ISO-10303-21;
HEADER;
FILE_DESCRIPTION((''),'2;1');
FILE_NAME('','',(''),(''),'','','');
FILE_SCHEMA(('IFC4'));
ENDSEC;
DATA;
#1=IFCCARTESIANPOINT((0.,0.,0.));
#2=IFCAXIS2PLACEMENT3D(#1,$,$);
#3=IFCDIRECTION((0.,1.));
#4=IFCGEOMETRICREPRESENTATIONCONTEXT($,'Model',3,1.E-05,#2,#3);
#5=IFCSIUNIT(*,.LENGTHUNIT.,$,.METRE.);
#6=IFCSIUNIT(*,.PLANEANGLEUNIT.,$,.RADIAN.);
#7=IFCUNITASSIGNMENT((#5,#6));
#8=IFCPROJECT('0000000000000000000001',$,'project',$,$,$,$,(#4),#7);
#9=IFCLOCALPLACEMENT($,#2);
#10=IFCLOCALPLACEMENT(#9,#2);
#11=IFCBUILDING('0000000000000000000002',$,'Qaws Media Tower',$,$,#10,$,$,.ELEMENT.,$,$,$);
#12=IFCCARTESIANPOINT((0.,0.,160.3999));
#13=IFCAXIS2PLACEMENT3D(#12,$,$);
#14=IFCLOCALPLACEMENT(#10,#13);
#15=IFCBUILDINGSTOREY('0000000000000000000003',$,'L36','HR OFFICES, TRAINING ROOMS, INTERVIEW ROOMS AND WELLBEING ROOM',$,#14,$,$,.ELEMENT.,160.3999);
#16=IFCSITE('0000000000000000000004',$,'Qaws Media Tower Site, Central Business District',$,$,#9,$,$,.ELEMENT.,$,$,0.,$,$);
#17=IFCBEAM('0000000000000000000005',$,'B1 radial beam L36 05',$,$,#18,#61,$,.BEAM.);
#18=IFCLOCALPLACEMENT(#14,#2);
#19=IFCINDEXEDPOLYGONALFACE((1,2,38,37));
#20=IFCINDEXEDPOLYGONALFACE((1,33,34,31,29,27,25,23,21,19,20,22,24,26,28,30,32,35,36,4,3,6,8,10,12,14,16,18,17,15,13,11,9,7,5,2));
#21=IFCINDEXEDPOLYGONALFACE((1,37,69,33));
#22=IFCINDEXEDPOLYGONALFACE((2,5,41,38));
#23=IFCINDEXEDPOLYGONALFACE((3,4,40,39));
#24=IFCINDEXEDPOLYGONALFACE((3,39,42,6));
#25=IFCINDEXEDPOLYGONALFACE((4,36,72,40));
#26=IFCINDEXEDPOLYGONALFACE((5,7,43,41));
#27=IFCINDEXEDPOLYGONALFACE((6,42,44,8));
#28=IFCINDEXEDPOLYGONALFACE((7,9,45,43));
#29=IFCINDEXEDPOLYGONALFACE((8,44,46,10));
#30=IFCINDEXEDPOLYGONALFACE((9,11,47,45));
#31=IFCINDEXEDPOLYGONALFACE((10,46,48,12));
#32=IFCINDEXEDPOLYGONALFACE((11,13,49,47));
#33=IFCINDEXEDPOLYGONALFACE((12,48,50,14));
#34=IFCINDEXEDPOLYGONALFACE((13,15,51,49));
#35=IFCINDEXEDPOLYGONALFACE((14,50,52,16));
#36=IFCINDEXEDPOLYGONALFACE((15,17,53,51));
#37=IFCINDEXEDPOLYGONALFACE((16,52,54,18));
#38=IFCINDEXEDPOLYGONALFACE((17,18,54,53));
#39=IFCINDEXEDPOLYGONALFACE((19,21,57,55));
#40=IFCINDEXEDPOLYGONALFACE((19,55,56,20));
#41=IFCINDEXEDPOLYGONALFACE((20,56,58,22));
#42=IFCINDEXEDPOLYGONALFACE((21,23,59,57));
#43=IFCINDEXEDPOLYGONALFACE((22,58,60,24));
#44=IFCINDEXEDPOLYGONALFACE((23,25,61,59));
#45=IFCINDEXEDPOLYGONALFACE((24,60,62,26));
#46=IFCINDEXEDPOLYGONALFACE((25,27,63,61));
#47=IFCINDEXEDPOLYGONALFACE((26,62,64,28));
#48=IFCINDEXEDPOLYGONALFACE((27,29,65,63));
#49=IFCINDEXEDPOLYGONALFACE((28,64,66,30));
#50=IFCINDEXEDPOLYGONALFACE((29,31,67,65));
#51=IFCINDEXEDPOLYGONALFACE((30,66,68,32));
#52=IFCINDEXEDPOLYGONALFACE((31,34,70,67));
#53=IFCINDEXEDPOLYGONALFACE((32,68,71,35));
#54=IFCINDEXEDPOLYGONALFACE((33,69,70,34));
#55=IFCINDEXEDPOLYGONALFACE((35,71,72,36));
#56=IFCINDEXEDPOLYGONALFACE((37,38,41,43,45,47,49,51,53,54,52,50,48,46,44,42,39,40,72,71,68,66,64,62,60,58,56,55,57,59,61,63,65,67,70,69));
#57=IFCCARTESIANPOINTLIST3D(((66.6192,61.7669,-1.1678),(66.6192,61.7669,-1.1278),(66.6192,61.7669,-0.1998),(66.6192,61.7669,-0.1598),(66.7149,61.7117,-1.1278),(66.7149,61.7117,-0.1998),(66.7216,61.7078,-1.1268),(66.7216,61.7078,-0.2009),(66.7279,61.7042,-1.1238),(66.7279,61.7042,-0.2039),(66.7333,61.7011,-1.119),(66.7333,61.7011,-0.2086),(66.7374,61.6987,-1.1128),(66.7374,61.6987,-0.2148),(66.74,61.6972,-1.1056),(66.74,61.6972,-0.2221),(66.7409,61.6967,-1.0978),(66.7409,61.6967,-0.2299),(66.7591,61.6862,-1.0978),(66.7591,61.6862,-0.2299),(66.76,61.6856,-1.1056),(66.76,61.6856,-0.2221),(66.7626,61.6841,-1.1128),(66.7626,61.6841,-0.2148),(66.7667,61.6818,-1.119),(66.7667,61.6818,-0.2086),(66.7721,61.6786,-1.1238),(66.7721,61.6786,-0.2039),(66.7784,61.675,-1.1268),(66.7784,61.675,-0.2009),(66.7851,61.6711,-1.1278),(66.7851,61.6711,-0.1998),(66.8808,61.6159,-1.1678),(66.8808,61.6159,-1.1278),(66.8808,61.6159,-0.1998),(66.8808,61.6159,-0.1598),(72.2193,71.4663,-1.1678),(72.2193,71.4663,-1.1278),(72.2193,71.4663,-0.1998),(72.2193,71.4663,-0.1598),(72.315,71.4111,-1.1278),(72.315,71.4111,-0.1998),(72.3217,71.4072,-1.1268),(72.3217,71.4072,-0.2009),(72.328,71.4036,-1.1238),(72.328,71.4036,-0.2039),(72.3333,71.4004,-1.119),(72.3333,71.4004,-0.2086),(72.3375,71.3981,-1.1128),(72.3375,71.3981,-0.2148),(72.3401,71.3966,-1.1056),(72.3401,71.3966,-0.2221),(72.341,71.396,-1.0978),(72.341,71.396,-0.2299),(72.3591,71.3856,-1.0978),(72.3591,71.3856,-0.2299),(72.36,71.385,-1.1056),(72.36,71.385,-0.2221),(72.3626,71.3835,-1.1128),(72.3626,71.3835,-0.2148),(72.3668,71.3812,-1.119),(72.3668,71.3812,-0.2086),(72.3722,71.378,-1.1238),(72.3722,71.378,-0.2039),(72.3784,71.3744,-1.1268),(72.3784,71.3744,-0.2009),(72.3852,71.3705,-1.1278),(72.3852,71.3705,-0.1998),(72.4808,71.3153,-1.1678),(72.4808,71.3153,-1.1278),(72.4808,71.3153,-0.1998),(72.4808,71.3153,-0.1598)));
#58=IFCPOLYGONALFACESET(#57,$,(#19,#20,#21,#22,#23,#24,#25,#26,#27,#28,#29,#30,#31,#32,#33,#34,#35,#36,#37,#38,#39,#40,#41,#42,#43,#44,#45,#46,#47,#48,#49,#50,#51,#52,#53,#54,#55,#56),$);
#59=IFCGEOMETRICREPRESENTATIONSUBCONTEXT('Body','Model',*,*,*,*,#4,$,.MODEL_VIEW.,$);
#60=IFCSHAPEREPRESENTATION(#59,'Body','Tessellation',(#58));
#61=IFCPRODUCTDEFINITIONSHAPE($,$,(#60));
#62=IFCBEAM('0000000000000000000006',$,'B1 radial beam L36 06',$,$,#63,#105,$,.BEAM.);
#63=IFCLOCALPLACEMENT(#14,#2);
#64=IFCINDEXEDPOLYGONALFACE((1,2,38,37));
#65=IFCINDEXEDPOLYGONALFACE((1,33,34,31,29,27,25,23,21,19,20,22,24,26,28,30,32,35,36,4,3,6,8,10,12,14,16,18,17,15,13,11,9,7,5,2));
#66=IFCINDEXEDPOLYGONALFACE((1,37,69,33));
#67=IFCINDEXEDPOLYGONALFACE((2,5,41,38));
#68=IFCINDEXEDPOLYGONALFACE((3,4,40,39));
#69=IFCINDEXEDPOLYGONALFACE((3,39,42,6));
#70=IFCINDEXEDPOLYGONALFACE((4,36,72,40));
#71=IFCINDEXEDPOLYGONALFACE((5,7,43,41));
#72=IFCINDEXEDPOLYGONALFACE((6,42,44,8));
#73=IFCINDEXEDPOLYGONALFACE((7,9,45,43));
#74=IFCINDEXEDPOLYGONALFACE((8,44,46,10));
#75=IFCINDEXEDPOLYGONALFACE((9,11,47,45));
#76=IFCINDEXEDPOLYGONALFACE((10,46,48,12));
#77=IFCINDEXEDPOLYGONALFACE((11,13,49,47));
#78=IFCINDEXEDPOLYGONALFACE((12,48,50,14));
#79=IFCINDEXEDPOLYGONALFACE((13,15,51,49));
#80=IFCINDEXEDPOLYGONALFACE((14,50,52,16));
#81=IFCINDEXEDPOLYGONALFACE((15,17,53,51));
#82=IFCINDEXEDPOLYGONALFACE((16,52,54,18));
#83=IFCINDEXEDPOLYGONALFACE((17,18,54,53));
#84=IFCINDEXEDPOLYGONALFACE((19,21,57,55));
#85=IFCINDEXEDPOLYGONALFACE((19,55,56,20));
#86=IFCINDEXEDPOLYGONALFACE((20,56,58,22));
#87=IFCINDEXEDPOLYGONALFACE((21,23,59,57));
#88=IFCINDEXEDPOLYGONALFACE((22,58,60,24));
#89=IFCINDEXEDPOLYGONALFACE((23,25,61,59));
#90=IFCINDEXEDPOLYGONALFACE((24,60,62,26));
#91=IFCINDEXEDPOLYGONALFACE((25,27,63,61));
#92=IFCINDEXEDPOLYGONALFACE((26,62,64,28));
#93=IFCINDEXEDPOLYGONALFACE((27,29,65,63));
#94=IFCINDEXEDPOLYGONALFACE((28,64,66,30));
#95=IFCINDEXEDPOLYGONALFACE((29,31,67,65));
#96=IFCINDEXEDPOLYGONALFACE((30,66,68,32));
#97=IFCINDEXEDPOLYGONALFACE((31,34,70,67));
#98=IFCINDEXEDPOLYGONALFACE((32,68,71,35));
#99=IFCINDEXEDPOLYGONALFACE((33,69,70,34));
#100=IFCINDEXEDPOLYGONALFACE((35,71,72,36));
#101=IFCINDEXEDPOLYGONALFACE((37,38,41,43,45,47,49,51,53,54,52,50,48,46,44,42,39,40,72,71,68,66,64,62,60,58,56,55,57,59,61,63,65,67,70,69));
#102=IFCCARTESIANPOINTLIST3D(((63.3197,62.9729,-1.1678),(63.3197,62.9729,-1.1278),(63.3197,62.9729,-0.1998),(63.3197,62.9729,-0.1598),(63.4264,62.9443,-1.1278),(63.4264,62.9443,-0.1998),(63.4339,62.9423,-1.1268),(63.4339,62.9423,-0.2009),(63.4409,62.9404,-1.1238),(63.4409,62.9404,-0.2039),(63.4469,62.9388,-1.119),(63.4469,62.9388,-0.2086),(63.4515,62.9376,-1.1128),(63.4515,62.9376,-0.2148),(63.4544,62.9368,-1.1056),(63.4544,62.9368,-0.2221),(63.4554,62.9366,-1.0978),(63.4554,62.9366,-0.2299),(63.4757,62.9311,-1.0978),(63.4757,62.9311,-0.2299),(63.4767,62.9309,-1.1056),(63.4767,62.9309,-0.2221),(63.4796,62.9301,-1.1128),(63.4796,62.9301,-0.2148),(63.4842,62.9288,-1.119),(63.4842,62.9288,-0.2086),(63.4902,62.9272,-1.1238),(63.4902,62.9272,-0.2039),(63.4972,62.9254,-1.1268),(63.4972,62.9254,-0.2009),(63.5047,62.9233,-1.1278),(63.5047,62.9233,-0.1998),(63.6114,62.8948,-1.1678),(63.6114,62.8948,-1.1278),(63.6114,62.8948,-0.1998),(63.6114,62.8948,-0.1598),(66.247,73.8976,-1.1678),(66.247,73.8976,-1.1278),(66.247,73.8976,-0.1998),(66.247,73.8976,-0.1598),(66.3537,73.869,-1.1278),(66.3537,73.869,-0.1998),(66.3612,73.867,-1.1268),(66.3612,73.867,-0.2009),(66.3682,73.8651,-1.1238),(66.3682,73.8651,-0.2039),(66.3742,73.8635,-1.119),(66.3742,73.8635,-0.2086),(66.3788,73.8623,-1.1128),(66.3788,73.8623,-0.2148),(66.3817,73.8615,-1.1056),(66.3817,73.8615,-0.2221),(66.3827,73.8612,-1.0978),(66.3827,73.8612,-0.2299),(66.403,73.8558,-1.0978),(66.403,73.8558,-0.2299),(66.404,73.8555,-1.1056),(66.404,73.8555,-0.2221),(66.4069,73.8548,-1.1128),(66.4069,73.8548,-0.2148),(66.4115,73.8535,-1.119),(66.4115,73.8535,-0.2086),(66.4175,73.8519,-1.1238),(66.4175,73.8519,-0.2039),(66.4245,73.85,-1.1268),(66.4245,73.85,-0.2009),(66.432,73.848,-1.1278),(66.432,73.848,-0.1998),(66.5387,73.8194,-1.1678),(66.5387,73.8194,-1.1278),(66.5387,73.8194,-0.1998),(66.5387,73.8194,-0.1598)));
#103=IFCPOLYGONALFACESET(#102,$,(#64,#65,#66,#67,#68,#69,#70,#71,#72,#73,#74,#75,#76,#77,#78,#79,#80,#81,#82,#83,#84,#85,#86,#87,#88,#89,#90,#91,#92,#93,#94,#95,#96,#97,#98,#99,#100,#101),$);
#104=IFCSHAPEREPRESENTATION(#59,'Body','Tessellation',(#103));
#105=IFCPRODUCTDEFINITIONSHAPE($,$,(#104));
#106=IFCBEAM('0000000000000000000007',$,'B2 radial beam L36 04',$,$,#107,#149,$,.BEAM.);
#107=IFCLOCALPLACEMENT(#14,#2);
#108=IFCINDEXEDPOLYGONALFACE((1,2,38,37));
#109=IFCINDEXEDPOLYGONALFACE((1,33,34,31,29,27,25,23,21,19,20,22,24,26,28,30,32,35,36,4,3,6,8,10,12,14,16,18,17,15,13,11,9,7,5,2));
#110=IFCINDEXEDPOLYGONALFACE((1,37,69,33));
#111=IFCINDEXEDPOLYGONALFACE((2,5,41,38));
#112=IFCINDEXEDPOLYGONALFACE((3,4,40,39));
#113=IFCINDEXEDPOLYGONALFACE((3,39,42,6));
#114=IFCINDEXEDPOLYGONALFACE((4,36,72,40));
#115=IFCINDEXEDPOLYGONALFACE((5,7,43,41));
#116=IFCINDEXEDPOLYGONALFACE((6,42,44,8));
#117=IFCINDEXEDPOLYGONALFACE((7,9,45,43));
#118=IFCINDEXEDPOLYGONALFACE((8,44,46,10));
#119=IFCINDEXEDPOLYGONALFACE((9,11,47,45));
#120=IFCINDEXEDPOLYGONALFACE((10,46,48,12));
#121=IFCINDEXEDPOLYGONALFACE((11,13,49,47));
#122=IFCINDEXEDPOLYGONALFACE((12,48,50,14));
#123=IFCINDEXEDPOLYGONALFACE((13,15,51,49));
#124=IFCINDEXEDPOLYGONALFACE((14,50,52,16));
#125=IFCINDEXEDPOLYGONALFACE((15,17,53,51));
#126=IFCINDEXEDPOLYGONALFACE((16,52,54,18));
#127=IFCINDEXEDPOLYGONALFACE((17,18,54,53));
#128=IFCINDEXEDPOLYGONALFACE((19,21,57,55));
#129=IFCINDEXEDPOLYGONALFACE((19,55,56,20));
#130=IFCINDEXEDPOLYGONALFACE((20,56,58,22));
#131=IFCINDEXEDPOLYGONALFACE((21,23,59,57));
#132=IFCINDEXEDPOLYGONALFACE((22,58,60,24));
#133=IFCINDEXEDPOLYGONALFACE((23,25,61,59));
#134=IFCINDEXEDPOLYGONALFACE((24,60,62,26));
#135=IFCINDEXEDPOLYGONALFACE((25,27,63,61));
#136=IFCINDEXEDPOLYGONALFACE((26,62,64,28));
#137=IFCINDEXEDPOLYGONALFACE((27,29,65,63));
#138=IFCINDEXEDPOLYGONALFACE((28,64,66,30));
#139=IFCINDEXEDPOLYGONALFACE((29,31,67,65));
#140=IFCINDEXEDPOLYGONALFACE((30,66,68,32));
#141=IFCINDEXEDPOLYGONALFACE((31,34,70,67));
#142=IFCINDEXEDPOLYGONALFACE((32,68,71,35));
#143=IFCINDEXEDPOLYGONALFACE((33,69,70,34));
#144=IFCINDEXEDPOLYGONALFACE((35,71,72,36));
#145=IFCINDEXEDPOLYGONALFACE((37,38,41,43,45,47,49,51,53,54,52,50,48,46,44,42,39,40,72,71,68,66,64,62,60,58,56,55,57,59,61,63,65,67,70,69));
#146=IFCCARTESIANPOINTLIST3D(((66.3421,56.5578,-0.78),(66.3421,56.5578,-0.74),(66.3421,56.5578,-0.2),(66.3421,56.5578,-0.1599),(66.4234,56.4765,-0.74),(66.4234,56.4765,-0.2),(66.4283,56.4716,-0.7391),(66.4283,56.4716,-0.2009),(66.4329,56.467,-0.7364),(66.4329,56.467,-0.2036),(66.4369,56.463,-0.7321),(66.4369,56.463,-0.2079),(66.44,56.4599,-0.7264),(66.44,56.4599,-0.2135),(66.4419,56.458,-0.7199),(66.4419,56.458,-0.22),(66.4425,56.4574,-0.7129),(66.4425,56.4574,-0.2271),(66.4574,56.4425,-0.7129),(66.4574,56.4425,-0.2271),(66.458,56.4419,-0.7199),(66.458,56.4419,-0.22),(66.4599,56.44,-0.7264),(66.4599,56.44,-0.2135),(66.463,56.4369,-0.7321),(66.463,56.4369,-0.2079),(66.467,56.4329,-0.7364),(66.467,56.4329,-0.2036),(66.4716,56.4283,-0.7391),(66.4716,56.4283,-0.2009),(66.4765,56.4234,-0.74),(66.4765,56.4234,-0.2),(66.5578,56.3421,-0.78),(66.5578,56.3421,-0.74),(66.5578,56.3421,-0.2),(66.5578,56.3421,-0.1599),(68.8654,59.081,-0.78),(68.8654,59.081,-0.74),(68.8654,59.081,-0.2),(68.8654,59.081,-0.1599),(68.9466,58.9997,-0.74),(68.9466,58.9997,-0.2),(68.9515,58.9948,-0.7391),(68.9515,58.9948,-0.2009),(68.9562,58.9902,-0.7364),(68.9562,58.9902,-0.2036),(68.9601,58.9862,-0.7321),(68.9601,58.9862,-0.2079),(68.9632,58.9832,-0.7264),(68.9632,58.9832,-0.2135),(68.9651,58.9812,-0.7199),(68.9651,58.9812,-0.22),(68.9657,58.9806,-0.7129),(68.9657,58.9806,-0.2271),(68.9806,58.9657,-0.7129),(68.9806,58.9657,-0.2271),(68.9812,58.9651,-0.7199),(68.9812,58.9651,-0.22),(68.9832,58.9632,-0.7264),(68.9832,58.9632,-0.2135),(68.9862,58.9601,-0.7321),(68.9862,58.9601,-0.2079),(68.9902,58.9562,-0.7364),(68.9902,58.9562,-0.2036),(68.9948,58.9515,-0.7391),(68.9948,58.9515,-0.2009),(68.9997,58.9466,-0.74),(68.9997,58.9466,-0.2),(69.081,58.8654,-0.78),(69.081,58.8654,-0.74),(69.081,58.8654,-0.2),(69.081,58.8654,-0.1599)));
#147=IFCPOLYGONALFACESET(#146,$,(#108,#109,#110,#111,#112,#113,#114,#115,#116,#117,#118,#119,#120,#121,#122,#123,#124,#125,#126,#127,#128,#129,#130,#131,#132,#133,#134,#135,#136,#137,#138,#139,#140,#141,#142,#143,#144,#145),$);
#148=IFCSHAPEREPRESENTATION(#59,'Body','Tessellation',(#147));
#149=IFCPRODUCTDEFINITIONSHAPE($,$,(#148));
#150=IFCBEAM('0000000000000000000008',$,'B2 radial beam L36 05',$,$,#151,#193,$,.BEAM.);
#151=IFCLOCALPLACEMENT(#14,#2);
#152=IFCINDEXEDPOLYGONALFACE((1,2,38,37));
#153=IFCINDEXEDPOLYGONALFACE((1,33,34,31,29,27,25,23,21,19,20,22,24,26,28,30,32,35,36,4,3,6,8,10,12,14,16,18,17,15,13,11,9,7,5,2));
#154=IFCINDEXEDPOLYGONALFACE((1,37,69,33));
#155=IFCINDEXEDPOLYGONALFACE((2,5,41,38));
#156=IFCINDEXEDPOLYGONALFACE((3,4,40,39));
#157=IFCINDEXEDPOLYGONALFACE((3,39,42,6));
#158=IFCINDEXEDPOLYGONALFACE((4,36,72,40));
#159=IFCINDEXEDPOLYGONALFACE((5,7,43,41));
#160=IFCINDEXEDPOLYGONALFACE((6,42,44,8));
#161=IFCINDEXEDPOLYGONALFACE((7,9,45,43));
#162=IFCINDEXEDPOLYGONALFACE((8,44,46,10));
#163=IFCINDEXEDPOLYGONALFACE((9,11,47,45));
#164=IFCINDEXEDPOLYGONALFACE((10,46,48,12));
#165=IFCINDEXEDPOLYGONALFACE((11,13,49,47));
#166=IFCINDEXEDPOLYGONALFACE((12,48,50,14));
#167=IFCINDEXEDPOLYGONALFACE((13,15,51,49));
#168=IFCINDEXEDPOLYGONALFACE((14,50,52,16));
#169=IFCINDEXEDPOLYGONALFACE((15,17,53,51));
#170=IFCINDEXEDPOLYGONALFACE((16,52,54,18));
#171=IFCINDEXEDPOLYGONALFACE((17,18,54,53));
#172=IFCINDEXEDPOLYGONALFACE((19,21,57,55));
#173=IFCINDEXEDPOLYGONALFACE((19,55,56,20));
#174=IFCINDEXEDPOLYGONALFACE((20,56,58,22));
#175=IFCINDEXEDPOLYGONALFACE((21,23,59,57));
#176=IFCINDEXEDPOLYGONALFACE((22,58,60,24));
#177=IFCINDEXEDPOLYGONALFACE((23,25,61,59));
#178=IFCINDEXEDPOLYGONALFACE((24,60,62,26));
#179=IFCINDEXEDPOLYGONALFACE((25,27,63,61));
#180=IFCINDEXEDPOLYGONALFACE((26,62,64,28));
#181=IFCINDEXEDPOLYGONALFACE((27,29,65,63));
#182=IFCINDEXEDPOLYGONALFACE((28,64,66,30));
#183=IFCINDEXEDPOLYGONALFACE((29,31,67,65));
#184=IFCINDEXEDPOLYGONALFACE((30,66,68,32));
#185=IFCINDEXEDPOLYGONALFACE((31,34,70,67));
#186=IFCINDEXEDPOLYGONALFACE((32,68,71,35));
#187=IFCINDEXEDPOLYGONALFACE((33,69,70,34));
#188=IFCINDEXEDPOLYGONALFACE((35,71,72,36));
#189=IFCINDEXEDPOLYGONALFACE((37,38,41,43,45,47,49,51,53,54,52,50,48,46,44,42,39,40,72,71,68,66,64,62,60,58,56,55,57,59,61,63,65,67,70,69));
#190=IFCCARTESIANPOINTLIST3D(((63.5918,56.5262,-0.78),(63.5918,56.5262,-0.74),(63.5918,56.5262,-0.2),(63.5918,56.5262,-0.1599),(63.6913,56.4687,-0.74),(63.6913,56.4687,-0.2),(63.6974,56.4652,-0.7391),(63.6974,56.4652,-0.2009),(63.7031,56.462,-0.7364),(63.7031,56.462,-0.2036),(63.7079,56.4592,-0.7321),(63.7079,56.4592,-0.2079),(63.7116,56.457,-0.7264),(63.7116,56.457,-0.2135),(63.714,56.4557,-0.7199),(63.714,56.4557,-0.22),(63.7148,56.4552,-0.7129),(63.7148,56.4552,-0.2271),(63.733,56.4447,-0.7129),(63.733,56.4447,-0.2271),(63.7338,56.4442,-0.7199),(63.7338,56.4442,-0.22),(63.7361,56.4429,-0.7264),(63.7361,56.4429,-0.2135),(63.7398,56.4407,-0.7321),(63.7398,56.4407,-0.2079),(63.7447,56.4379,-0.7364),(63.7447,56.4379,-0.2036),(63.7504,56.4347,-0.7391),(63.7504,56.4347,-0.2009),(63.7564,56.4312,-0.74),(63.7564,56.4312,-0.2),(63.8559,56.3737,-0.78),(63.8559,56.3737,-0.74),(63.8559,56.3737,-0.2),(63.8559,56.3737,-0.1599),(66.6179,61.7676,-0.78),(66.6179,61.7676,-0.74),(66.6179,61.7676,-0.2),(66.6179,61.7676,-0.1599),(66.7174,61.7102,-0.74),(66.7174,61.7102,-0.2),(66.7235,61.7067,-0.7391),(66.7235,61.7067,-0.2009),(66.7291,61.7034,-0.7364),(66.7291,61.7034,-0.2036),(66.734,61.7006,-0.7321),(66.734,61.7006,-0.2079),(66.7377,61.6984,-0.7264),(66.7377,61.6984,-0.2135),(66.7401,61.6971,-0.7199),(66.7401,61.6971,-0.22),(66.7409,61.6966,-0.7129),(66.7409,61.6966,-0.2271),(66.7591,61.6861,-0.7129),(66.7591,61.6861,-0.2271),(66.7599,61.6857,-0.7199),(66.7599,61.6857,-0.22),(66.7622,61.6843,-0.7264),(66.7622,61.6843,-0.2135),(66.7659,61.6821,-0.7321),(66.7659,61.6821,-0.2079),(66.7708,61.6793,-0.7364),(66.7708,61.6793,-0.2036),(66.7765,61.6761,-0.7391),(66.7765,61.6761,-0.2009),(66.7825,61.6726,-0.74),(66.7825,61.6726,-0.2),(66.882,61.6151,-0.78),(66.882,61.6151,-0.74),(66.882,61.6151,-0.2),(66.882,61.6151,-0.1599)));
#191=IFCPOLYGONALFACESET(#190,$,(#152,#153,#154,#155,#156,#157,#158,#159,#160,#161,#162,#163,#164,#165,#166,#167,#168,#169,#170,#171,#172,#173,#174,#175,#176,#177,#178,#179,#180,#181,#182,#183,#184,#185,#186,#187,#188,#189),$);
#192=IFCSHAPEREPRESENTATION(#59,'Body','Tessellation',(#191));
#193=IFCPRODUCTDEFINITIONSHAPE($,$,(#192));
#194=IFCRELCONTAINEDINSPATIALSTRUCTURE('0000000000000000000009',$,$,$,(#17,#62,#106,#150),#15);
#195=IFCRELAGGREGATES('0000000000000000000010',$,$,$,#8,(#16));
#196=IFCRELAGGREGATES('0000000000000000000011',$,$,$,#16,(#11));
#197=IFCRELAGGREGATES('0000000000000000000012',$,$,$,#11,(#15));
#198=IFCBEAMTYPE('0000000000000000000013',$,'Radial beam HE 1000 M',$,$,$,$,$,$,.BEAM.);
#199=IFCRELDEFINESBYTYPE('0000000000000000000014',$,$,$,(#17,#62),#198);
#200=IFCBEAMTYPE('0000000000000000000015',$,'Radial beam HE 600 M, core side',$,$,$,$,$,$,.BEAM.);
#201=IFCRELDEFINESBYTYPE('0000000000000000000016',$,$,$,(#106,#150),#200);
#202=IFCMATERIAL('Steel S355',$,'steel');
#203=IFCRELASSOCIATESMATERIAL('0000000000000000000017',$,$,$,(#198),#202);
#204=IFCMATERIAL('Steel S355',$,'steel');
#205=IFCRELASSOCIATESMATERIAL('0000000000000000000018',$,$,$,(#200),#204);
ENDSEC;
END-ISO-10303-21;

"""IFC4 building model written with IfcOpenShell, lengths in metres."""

from ifc_helpers import new_model, si_unit, direction, frame, origin, origin_2d, place, context, subcontext, project, spatial, i_section, extrude, material, material_profile, profile_set, type_object, element, save


model = new_model("IFC4")

# Units and contexts
model_context = context("Model", 3, precision=1e-05, world=origin(), true_north=direction((0.0, 1.0)))
body_context = subcontext(model_context, "Body", "Model", "MODEL_VIEW")
ifc_project = project(units=[si_unit("LENGTHUNIT", "METRE"), si_unit("PLANEANGLEUNIT", "RADIAN")], contexts=[model_context])

# Site, building, storey
site_placement = place(None, origin())
site = spatial("IfcSite", under=ifc_project, at=site_placement, Name="Qaws Media Tower Site, Central Business District", CompositionType="ELEMENT", RefElevation=0.0)
building_placement = place(site_placement, origin())
building = spatial("IfcBuilding", under=site, at=building_placement, Name="Qaws Media Tower", CompositionType="ELEMENT")
storey_placement = place(building_placement, frame((0.0, 0.0, 160.3999)))
storey = spatial("IfcBuildingStorey", under=building, at=storey_placement, Name="L36", Description="HR OFFICES, TRAINING ROOMS, INTERVIEW ROOMS AND WELLBEING ROOM", CompositionType="ELEMENT", Elevation=160.3999)

# Beams
ifc_material_1 = material(Name="Steel S355", Category="steel")
ifc_material_profile_1 = material_profile(ifc_material_1, i_section(OverallWidth=0.302, OverallDepth=1.0081, WebThickness=0.021, FlangeThickness=0.04, FilletRadius=0.03, at=origin_2d()), Name="HE 1000 M")
ifc_profile_set_1 = profile_set([ifc_material_profile_1], Name="Steel S355")
beam_type_1 = type_object("IfcBeamType", Name="Radial beam HE 1000 M", PredefinedType="BEAM", material=ifc_profile_set_1)
beam_1_placement = place(storey_placement, frame((66.75, 61.6914, -0.6638), z_axis=(0.500007, 0.866021, 0.0), x_axis=(-0.866021, 0.500007, 0.0)))
element("IfcBeam", 1, at=beam_1_placement, inside=storey, type_object=beam_type_1, Name="B1 radial beam L36 05", PredefinedType="BEAM", context=body_context, shape_type="SweptSolid", body=[
    extrude(i_section(OverallWidth=0.302, OverallDepth=1.0081, WebThickness=0.021, FlangeThickness=0.04, FilletRadius=0.03, at=origin_2d()), origin(), (0.0, 0.0, 1.0), 11.2),
])
beam_2_placement = place(storey_placement, frame((63.4656, 62.9338, -0.6638), z_axis=(0.258821, 0.965925, 0.0), x_axis=(-0.965925, 0.258821, 0.0)))
element("IfcBeam", 2, at=beam_2_placement, inside=storey, type_object=beam_type_1, Name="B1 radial beam L36 06", PredefinedType="BEAM", context=body_context, shape_type="SweptSolid", body=[
    extrude(i_section(OverallWidth=0.302, OverallDepth=1.0081, WebThickness=0.021, FlangeThickness=0.04, FilletRadius=0.03, at=origin_2d()), origin(), (0.0, 0.0, 1.0), 11.3101),
])
ifc_material_2 = material(Name="Steel S355", Category="steel")
ifc_material_profile_2 = material_profile(ifc_material_2, i_section(OverallWidth=0.3049, OverallDepth=0.6201, WebThickness=0.021, FlangeThickness=0.04, FilletRadius=0.0271, at=origin_2d()), Name="HE 600 M")
ifc_profile_set_2 = profile_set([ifc_material_profile_2], Name="Steel S355")
beam_type_2 = type_object("IfcBeamType", Name="Radial beam HE 600 M, core side", PredefinedType="BEAM", material=ifc_profile_set_2)
beam_3_placement = place(storey_placement, frame((66.45, 56.45, -0.47), z_axis=(0.707107, 0.707107, 0.0), x_axis=(-0.707107, 0.707107, 0.0)))
element("IfcBeam", 3, at=beam_3_placement, inside=storey, type_object=beam_type_2, Name="B2 radial beam L36 04", PredefinedType="BEAM", context=body_context, shape_type="SweptSolid", body=[
    extrude(i_section(OverallWidth=0.3049, OverallDepth=0.6201, WebThickness=0.021, FlangeThickness=0.04, FilletRadius=0.0271, at=origin_2d()), origin(), (0.0, 0.0, 1.0), 3.5684),
])
beam_4_placement = place(storey_placement, frame((63.7239, 56.45, -0.47), z_axis=(0.499996, 0.866028, 0.0), x_axis=(-0.866028, 0.499996, 0.0)))
element("IfcBeam", 4, at=beam_4_placement, inside=storey, type_object=beam_type_2, Name="B2 radial beam L36 05", PredefinedType="BEAM", context=body_context, shape_type="SweptSolid", body=[
    extrude(i_section(OverallWidth=0.3049, OverallDepth=0.6201, WebThickness=0.021, FlangeThickness=0.04, FilletRadius=0.0271, at=origin_2d()), origin(), (0.0, 0.0, 1.0), 6.0522),
])

save(model, "model.ifc")
